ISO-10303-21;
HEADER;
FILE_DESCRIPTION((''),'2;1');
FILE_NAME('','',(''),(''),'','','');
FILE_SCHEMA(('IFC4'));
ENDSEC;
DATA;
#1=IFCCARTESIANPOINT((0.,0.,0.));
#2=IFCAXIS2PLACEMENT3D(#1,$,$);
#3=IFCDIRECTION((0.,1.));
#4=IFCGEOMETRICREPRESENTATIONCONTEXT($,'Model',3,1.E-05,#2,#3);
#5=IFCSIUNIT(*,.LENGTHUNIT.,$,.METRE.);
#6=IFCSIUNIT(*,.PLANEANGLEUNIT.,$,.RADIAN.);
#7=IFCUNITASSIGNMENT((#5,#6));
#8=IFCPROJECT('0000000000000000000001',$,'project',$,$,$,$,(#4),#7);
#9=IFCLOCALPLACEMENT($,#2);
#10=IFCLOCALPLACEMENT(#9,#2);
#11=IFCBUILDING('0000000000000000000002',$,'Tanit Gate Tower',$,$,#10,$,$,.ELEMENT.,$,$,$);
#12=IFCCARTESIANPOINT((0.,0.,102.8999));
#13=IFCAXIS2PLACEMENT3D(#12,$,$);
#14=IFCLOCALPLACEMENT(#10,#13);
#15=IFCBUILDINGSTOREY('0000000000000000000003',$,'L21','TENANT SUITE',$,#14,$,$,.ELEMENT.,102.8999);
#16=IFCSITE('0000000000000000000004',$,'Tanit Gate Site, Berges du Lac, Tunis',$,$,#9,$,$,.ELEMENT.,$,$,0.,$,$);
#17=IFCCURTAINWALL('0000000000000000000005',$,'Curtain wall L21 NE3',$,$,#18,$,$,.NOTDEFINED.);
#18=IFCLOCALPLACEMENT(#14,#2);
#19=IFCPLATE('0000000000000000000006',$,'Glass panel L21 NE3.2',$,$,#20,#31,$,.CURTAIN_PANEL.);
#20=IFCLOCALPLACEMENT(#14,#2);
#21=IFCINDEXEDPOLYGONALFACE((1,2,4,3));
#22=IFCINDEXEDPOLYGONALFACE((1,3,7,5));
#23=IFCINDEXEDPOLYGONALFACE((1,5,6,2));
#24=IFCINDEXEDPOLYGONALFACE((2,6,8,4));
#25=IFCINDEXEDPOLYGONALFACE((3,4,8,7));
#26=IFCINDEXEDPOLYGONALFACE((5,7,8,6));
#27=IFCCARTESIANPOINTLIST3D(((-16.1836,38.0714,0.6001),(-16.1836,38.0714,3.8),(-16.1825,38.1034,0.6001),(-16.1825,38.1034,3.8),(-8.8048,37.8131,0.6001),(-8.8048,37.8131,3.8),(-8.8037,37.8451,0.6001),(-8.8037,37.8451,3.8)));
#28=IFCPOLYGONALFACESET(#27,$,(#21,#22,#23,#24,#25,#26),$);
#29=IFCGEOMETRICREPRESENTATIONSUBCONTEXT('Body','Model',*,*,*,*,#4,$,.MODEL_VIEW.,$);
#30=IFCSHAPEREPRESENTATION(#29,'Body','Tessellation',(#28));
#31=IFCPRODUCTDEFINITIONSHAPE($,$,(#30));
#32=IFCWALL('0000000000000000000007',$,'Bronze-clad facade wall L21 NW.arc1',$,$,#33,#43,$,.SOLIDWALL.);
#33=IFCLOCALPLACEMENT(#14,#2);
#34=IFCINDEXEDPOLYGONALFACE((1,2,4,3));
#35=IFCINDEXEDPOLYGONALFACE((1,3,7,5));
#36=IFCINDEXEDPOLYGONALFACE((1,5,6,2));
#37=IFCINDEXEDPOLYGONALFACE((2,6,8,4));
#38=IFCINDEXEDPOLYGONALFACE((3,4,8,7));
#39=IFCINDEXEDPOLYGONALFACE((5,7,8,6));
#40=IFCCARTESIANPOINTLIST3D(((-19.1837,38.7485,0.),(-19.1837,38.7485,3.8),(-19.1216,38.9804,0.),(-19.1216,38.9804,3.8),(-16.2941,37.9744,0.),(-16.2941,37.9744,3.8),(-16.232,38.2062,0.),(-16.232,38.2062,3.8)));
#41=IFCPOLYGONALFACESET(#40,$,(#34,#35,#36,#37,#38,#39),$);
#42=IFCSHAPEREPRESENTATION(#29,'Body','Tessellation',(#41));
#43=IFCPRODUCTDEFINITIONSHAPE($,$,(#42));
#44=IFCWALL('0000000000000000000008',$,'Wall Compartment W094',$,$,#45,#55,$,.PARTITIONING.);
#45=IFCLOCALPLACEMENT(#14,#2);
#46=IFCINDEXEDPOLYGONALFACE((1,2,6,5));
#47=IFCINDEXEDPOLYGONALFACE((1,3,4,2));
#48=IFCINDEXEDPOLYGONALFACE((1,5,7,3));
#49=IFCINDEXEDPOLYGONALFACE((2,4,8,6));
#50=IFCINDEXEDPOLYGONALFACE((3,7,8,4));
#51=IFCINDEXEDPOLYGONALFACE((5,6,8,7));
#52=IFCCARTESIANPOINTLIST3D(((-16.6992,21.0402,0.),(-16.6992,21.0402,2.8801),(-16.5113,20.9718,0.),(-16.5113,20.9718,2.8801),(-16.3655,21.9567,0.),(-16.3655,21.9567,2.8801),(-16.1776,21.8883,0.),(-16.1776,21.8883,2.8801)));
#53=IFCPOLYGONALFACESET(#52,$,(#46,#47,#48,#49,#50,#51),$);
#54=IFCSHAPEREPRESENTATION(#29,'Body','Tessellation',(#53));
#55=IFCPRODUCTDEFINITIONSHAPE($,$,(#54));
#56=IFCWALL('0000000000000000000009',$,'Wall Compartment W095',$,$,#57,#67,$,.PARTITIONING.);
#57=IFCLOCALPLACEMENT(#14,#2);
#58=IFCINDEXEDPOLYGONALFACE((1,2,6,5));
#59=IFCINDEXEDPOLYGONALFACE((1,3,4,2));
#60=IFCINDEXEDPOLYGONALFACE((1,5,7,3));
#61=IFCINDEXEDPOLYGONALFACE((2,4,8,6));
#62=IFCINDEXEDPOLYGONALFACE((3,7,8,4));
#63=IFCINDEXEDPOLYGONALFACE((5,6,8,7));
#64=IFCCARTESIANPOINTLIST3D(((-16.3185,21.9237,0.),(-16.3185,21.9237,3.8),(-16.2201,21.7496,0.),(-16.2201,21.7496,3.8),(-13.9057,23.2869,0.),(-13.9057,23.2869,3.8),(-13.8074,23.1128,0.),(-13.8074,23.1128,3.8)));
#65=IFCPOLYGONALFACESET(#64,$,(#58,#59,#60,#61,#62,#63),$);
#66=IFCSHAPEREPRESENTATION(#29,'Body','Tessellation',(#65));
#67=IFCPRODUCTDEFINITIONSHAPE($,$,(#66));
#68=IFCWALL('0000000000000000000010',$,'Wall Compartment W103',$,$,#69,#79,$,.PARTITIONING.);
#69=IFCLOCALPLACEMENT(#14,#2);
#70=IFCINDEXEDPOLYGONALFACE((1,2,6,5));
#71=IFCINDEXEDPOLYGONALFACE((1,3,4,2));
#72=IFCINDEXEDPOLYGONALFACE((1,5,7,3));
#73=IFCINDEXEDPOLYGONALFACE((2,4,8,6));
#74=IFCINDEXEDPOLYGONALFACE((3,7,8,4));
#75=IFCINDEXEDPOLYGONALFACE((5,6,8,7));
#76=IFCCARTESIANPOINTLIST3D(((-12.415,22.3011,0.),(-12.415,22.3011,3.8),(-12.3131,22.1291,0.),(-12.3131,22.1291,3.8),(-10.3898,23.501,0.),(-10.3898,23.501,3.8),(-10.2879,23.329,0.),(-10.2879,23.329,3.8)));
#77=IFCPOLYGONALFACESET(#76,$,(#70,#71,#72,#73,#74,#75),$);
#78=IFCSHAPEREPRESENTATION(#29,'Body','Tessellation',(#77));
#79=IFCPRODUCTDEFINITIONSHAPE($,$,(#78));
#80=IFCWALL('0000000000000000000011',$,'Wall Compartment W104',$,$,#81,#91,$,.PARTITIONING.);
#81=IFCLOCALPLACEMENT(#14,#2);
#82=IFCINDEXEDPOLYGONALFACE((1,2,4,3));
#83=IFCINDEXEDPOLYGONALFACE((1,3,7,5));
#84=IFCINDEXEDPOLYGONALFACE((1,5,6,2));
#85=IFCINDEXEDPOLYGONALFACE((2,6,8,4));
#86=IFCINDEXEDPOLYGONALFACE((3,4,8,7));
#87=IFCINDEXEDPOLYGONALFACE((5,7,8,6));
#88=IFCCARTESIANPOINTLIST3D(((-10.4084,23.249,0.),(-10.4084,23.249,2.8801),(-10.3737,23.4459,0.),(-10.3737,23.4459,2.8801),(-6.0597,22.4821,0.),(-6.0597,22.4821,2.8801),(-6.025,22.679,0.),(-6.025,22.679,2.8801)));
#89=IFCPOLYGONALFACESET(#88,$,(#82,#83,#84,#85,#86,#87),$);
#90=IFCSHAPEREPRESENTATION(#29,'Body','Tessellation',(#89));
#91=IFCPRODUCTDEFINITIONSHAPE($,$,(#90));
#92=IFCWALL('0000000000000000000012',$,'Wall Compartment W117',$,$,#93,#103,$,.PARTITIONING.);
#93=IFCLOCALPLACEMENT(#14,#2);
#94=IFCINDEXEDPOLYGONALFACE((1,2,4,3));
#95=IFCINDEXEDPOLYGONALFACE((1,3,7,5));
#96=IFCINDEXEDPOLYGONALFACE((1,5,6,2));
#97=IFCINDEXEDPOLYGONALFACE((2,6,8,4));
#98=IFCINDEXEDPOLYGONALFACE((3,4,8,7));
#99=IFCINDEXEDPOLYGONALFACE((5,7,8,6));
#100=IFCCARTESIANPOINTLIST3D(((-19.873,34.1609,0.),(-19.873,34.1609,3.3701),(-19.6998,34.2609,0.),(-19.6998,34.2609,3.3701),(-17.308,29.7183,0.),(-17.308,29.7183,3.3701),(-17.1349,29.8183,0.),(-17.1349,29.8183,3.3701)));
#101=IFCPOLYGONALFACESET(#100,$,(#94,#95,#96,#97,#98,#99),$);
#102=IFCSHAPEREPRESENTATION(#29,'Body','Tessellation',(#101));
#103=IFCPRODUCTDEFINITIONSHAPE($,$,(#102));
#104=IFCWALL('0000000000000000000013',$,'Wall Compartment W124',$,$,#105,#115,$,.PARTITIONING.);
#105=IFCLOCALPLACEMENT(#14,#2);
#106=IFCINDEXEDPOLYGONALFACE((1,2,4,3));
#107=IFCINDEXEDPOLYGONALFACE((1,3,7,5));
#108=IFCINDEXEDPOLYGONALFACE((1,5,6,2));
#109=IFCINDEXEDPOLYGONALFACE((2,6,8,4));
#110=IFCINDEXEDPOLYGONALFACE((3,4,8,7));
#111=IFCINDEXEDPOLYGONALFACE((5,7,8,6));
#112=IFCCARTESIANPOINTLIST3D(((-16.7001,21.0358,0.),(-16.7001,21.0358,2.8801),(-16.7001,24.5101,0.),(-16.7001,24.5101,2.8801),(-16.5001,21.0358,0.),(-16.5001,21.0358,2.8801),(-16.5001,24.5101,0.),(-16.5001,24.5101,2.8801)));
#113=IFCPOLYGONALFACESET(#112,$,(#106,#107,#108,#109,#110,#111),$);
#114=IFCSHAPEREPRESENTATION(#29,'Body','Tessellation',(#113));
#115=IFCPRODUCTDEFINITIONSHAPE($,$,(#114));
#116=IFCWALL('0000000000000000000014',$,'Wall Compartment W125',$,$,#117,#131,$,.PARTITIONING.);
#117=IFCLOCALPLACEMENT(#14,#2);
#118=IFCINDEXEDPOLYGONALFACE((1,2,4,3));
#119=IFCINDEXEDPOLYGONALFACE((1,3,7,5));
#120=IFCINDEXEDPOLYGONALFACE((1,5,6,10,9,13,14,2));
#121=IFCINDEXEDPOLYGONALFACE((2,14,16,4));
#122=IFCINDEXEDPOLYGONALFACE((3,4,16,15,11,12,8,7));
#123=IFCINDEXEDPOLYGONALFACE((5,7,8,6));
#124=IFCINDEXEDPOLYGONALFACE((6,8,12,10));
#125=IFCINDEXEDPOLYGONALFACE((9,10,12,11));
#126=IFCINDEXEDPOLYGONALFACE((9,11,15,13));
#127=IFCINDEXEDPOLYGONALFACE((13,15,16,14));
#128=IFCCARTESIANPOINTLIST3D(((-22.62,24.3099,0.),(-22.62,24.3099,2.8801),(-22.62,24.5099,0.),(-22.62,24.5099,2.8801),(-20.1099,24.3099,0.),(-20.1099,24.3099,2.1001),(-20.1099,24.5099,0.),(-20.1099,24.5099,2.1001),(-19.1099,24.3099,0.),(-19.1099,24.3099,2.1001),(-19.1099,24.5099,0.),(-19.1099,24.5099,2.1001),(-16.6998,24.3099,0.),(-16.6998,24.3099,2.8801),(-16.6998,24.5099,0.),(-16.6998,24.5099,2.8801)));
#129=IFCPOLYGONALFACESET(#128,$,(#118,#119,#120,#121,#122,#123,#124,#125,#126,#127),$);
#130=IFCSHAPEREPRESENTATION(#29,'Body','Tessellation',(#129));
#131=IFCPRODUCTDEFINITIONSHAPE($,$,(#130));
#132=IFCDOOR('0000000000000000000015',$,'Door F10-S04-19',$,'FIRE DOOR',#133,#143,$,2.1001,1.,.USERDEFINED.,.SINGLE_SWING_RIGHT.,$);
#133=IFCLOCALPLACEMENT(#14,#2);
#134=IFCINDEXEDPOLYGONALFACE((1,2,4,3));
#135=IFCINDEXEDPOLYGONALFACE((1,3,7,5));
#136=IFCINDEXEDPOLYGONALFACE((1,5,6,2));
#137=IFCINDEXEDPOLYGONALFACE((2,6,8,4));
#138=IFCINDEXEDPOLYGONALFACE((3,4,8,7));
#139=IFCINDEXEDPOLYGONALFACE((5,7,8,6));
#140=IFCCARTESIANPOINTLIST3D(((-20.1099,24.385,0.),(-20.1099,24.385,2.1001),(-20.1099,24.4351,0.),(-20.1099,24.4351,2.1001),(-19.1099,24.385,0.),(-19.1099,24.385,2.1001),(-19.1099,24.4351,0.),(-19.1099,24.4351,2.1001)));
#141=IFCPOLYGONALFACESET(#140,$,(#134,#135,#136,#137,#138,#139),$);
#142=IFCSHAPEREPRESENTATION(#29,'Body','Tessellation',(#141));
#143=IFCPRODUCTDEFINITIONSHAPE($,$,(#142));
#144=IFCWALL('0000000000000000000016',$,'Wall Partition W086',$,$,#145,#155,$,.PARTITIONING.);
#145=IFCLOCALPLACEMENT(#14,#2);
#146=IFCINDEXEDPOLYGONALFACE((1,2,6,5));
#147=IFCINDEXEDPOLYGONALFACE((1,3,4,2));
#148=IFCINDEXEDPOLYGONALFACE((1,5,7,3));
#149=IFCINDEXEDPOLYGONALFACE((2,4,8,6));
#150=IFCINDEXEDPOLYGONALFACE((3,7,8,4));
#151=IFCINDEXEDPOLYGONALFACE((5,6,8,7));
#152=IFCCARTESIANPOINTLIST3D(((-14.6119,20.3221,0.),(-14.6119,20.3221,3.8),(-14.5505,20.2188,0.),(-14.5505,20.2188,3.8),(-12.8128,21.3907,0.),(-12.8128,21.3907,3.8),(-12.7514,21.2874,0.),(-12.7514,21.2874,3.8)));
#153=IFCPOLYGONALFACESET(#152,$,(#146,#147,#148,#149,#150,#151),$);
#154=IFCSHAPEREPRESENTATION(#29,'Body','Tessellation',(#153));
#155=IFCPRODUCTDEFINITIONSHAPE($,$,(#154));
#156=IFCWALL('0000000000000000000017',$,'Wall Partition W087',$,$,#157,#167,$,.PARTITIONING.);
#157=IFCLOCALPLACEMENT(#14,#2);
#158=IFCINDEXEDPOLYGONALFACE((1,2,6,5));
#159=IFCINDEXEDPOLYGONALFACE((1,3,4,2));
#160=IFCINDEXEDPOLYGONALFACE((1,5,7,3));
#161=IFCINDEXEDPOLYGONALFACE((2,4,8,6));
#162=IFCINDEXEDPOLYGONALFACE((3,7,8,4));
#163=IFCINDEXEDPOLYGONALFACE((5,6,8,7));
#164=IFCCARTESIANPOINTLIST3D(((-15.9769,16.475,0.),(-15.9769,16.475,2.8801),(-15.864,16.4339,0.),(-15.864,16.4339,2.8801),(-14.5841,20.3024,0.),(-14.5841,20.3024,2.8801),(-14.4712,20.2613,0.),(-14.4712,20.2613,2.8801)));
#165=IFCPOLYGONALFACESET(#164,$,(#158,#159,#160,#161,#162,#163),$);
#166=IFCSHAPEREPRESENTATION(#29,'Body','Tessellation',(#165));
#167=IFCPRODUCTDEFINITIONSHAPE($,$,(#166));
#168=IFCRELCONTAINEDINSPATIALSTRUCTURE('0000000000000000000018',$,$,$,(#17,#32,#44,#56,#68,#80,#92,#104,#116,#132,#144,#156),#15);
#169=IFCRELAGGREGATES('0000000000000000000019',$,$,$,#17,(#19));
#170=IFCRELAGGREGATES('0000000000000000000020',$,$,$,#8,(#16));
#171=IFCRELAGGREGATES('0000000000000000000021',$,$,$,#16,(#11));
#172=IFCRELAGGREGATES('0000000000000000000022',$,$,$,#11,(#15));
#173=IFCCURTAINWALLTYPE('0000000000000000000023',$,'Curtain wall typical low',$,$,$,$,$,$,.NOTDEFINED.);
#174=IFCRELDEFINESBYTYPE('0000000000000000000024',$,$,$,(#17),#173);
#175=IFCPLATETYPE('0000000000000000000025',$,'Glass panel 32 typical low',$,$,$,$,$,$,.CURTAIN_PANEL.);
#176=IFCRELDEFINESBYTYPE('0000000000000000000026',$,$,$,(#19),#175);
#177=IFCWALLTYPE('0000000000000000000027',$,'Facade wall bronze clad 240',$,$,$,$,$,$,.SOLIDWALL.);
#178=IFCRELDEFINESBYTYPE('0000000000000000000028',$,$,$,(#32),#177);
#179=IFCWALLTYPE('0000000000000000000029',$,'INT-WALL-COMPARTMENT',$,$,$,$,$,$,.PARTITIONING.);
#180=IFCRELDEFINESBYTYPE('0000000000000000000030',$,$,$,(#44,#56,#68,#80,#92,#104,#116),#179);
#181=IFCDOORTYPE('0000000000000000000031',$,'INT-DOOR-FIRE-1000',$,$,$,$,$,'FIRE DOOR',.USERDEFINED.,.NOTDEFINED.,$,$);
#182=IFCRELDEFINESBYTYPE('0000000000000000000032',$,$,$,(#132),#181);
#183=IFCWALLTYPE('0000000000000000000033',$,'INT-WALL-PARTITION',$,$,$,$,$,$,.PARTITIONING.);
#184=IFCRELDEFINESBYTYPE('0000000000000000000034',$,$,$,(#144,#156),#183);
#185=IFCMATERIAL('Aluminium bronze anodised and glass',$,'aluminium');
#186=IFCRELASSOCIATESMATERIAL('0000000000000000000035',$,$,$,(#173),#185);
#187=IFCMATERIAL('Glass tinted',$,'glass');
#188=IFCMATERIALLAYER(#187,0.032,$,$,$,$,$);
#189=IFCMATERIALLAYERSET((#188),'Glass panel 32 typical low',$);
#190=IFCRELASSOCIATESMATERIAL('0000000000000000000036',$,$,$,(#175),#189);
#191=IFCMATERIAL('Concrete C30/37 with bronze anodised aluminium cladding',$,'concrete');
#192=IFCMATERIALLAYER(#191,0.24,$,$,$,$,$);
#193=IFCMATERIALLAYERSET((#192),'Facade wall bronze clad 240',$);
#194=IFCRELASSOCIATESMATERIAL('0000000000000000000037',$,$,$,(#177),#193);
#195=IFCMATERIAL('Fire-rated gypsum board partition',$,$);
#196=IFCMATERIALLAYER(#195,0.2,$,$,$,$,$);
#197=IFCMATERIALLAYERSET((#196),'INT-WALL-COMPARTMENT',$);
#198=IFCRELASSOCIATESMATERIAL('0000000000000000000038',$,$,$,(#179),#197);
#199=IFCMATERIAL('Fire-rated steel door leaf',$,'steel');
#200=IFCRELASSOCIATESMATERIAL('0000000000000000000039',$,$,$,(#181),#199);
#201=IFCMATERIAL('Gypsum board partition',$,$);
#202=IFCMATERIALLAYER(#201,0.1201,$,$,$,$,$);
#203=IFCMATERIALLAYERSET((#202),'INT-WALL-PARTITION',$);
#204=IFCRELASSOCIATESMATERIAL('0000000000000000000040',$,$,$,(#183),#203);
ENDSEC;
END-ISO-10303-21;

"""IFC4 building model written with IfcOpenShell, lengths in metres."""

from ifc_helpers import new_model, si_unit, direction, frame, frame_2d, origin, origin_2d, place, context, subcontext, project, spatial, rectangle, extrude, material, layer, layer_set, type_object, element, fill, aggregate, save


model = new_model("IFC4")

# Units and contexts
model_context = context("Model", 3, precision=1e-05, world=origin(), true_north=direction((0.0, 1.0)))
body_context = subcontext(model_context, "Body", "Model", "MODEL_VIEW")
ifc_project = project(units=[si_unit("LENGTHUNIT", "METRE"), si_unit("PLANEANGLEUNIT", "RADIAN")], contexts=[model_context])

# Site, building, storey
site_placement = place(None, origin())
site = spatial("IfcSite", under=ifc_project, at=site_placement, Name="Tanit Gate Site, Berges du Lac, Tunis", CompositionType="ELEMENT", RefElevation=0.0)
building_placement = place(site_placement, origin())
building = spatial("IfcBuilding", under=site, at=building_placement, Name="Tanit Gate Tower", CompositionType="ELEMENT")
storey_placement = place(building_placement, frame((0.0, 0.0, 102.8999)))
storey = spatial("IfcBuildingStorey", under=building, at=storey_placement, Name="L21", Description="TENANT SUITE", CompositionType="ELEMENT", Elevation=102.8999)

# Curtain wall
ifc_material_1 = material(Name="Aluminium bronze anodised and glass", Category="aluminium")
curtain_wall_type = type_object("IfcCurtainWallType", Name="Curtain wall typical low", PredefinedType="NOTDEFINED", material=ifc_material_1)
curtain_wall_placement = place(storey_placement, origin())
curtain_wall = element("IfcCurtainWall", 1, at=curtain_wall_placement, inside=storey, type_object=curtain_wall_type, Name="Curtain wall L21 NE3", PredefinedType="NOTDEFINED")

# Plate
ifc_material_2 = material(Name="Glass tinted", Category="glass")
ifc_layer_1 = layer(ifc_material_2, 0.032)
ifc_layer_set_1 = layer_set([ifc_layer_1], Name="Glass panel 32 typical low")
plate_type = type_object("IfcPlateType", Name="Glass panel 32 typical low", PredefinedType="CURTAIN_PANEL", material=ifc_layer_set_1)
plate_1_placement = place(storey_placement, frame((-12.4937, 37.9583, 0.6001), z_axis=(0.0, 0.0, 1.0), x_axis=(-0.999388, 0.034985, 0.0)))
plate_1 = element("IfcPlate", 2, at=plate_1_placement, type_object=plate_type, Name="Glass panel L21 NE3.2", PredefinedType="CURTAIN_PANEL", context=body_context, shape_type="SweptSolid", body=[
    extrude(rectangle(XDim=7.3833, YDim=0.032, at=origin_2d()), origin(), (0.0, 0.0, 1.0), 3.2),
])
aggregate(curtain_wall, [plate_1])

# Walls
ifc_material_3 = material(Name="Concrete C30/37 with bronze anodised aluminium cladding", Category="concrete")
ifc_layer_2 = layer(ifc_material_3, 0.24)
ifc_layer_set_2 = layer_set([ifc_layer_2], Name="Facade wall bronze clad 240")
wall_type_1 = type_object("IfcWallType", Name="Facade wall bronze clad 240", PredefinedType="SOLIDWALL", material=ifc_layer_set_2)
wall_1_placement = place(storey_placement, frame((-16.2632, 38.0903, 0.0), z_axis=(0.0, 0.0, 1.0), x_axis=(-0.965935, 0.258785, 0.0)))
element("IfcWall", 3, at=wall_1_placement, inside=storey, type_object=wall_type_1, Name="Bronze-clad facade wall L21 NW.arc1", PredefinedType="SOLIDWALL", context=body_context, shape_type="SweptSolid", body=[
    extrude(rectangle(XDim=2.9915, YDim=0.24, at=frame_2d((1.4956, 0.0))), origin(), (0.0, 0.0, 1.0), 3.8),
])
ifc_material_4 = material(Name="Fire-rated gypsum board partition")
ifc_layer_3 = layer(ifc_material_4, 0.2)
ifc_layer_set_3 = layer_set([ifc_layer_3], Name="INT-WALL-COMPARTMENT")
wall_type_2 = type_object("IfcWallType", Name="INT-WALL-COMPARTMENT", PredefinedType="PARTITIONING", material=ifc_layer_set_3)
wall_2_placement = place(storey_placement, frame((-16.2715, 21.9226, 0.0), z_axis=(0.0, 0.0, 1.0), x_axis=(-0.342165, -0.93964, 0.0)))
element("IfcWall", 4, at=wall_2_placement, inside=storey, type_object=wall_type_2, Name="Wall Compartment W094", PredefinedType="PARTITIONING", context=body_context, shape_type="SweptSolid", body=[
    extrude(rectangle(XDim=0.9753, YDim=0.2, at=frame_2d((0.4878, 0.0))), origin(), (0.0, 0.0, 1.0), 2.8801),
])
wall_3_placement = place(storey_placement, frame((-13.8564, 23.2, 0.0), z_axis=(0.0, 0.0, 1.0), x_axis=(-0.87064, -0.491921, 0.0)))
element("IfcWall", 5, at=wall_3_placement, inside=storey, type_object=wall_type_2, Name="Wall Compartment W095", PredefinedType="PARTITIONING", context=body_context, shape_type="SweptSolid", body=[
    extrude(rectangle(XDim=2.7712, YDim=0.2, at=frame_2d((1.3857, 0.0))), origin(), (0.0, 0.0, 1.0), 3.8),
])
wall_4_placement = place(storey_placement, frame((-10.3389, 23.415, 0.0), z_axis=(0.0, 0.0, 1.0), x_axis=(-0.860317, -0.50976, 0.0)))
element("IfcWall", 6, at=wall_4_placement, inside=storey, type_object=wall_type_2, Name="Wall Compartment W103", PredefinedType="PARTITIONING", context=body_context, shape_type="SweptSolid", body=[
    extrude(rectangle(XDim=2.354, YDim=0.2, at=frame_2d((1.177, 0.0))), origin(), (0.0, 0.0, 1.0), 3.8),
])
wall_5_placement = place(storey_placement, frame((-6.0422, 22.5806, 0.0), z_axis=(0.0, 0.0, 1.0), x_axis=(-0.984805, 0.173662, 0.0)))
element("IfcWall", 7, at=wall_5_placement, inside=storey, type_object=wall_type_2, Name="Wall Compartment W104", PredefinedType="PARTITIONING", context=body_context, shape_type="SweptSolid", body=[
    extrude(rectangle(XDim=4.4158, YDim=0.2, at=frame_2d((2.208, 0.0))), origin(), (0.0, 0.0, 1.0), 2.8801),
])
wall_6_placement = place(storey_placement, frame((-17.2214, 29.7683, 0.0), z_axis=(0.0, 0.0, 1.0), x_axis=(-0.499998, 0.866026, 0.0)))
element("IfcWall", 8, at=wall_6_placement, inside=storey, type_object=wall_type_2, Name="Wall Compartment W117", PredefinedType="PARTITIONING", context=body_context, shape_type="SweptSolid", body=[
    extrude(rectangle(XDim=5.1299, YDim=0.2, at=frame_2d((2.5649, 0.0))), origin(), (0.0, 0.0, 1.0), 3.3701),
])
wall_7_placement = place(storey_placement, frame((-16.6001, 21.0356, 0.0), z_axis=(0.0, 0.0, 1.0), x_axis=(0.0, 1.0, 0.0)))
element("IfcWall", 9, at=wall_7_placement, inside=storey, type_object=wall_type_2, Name="Wall Compartment W124", PredefinedType="PARTITIONING", context=body_context, shape_type="SweptSolid", body=[
    extrude(rectangle(XDim=3.4744, YDim=0.2, at=frame_2d((1.7373, 0.0))), origin(), (0.0, 0.0, 1.0), 2.8801),
])

# Wall, opening, door
wall_8_placement = place(storey_placement, frame((-16.7, 24.4099, 0.0), z_axis=(0.0, 0.0, 1.0), x_axis=(-1.0, 0.0, 0.0)))
wall_8 = element("IfcWall", 10, at=wall_8_placement, inside=storey, type_object=wall_type_2, Name="Wall Compartment W125", PredefinedType="PARTITIONING", context=body_context, shape_type="SweptSolid", body=[
    extrude(rectangle(XDim=5.9202, YDim=0.2, at=frame_2d((2.96, 0.0))), origin(), (0.0, 0.0, 1.0), 2.8801),
])
opening_1_placement = place(wall_8_placement, frame((2.4099, 0.0, 0.0)))
opening_1 = element("IfcOpeningElement", 11, at=opening_1_placement, cuts=wall_8, PredefinedType="OPENING", context=body_context, shape_type="SweptSolid", body=[
    extrude(rectangle(XDim=1.0, YDim=2.1001, at=frame_2d((0.5, 1.05))), frame((0.0, 0.1099, 0.0), z_axis=(0.0, -1.0, 0.0), x_axis=(1.0, 0.0, 0.0)), (0.0, 0.0, 1.0), 0.22),
])
ifc_material_5 = material(Name="Fire-rated steel door leaf", Category="steel")
door_type_1 = type_object("IfcDoorType", Name="INT-DOOR-FIRE-1000", ElementType="FIRE DOOR", OperationType="NOTDEFINED", PredefinedType="USERDEFINED", material=ifc_material_5)
door_1_placement = place(opening_1_placement, origin())
door_1 = element("IfcDoor", 12, at=door_1_placement, inside=storey, type_object=door_type_1, Name="Door F10-S04-19", ObjectType="FIRE DOOR", OperationType="SINGLE_SWING_RIGHT", OverallHeight=2.1001, OverallWidth=1.0, PredefinedType="USERDEFINED", context=body_context, shape_type="SweptSolid", body=[
    extrude(rectangle(XDim=1.0, YDim=2.1001, at=frame_2d((0.5, 1.05))), frame((0.0, 0.0249, 0.0), z_axis=(0.0, -1.0, 0.0), x_axis=(1.0, 0.0, 0.0)), (0.0, 0.0, 1.0), 0.05),
])
fill(opening_1, door_1)

# Walls
ifc_material_6 = material(Name="Gypsum board partition")
ifc_layer_4 = layer(ifc_material_6, 0.1201)
ifc_layer_set_4 = layer_set([ifc_layer_4], Name="INT-WALL-PARTITION")
wall_type_3 = type_object("IfcWallType", Name="INT-WALL-PARTITION", PredefinedType="PARTITIONING", material=ifc_layer_set_4)
wall_9_placement = place(storey_placement, frame((-12.782, 21.3391, 0.0), z_axis=(0.0, 0.0, 1.0), x_axis=(-0.85977, -0.510682, 0.0)))
element("IfcWall", 13, at=wall_9_placement, inside=storey, type_object=wall_type_3, Name="Wall Partition W086", PredefinedType="PARTITIONING", context=body_context, shape_type="SweptSolid", body=[
    extrude(rectangle(XDim=2.0925, YDim=0.1201, at=frame_2d((1.0464, 0.0))), origin(), (0.0, 0.0, 1.0), 3.8),
])
wall_10_placement = place(storey_placement, frame((-14.5276, 20.282, 0.0), z_axis=(0.0, 0.0, 1.0), x_axis=(-0.341969, -0.939711, 0.0)))
element("IfcWall", 14, at=wall_10_placement, inside=storey, type_object=wall_type_3, Name="Wall Partition W087", PredefinedType="PARTITIONING", context=body_context, shape_type="SweptSolid", body=[
    extrude(rectangle(XDim=4.073, YDim=0.1201, at=frame_2d((2.0366, 0.0))), origin(), (0.0, 0.0, 1.0), 2.8801),
])

save(model, "model.ifc")
